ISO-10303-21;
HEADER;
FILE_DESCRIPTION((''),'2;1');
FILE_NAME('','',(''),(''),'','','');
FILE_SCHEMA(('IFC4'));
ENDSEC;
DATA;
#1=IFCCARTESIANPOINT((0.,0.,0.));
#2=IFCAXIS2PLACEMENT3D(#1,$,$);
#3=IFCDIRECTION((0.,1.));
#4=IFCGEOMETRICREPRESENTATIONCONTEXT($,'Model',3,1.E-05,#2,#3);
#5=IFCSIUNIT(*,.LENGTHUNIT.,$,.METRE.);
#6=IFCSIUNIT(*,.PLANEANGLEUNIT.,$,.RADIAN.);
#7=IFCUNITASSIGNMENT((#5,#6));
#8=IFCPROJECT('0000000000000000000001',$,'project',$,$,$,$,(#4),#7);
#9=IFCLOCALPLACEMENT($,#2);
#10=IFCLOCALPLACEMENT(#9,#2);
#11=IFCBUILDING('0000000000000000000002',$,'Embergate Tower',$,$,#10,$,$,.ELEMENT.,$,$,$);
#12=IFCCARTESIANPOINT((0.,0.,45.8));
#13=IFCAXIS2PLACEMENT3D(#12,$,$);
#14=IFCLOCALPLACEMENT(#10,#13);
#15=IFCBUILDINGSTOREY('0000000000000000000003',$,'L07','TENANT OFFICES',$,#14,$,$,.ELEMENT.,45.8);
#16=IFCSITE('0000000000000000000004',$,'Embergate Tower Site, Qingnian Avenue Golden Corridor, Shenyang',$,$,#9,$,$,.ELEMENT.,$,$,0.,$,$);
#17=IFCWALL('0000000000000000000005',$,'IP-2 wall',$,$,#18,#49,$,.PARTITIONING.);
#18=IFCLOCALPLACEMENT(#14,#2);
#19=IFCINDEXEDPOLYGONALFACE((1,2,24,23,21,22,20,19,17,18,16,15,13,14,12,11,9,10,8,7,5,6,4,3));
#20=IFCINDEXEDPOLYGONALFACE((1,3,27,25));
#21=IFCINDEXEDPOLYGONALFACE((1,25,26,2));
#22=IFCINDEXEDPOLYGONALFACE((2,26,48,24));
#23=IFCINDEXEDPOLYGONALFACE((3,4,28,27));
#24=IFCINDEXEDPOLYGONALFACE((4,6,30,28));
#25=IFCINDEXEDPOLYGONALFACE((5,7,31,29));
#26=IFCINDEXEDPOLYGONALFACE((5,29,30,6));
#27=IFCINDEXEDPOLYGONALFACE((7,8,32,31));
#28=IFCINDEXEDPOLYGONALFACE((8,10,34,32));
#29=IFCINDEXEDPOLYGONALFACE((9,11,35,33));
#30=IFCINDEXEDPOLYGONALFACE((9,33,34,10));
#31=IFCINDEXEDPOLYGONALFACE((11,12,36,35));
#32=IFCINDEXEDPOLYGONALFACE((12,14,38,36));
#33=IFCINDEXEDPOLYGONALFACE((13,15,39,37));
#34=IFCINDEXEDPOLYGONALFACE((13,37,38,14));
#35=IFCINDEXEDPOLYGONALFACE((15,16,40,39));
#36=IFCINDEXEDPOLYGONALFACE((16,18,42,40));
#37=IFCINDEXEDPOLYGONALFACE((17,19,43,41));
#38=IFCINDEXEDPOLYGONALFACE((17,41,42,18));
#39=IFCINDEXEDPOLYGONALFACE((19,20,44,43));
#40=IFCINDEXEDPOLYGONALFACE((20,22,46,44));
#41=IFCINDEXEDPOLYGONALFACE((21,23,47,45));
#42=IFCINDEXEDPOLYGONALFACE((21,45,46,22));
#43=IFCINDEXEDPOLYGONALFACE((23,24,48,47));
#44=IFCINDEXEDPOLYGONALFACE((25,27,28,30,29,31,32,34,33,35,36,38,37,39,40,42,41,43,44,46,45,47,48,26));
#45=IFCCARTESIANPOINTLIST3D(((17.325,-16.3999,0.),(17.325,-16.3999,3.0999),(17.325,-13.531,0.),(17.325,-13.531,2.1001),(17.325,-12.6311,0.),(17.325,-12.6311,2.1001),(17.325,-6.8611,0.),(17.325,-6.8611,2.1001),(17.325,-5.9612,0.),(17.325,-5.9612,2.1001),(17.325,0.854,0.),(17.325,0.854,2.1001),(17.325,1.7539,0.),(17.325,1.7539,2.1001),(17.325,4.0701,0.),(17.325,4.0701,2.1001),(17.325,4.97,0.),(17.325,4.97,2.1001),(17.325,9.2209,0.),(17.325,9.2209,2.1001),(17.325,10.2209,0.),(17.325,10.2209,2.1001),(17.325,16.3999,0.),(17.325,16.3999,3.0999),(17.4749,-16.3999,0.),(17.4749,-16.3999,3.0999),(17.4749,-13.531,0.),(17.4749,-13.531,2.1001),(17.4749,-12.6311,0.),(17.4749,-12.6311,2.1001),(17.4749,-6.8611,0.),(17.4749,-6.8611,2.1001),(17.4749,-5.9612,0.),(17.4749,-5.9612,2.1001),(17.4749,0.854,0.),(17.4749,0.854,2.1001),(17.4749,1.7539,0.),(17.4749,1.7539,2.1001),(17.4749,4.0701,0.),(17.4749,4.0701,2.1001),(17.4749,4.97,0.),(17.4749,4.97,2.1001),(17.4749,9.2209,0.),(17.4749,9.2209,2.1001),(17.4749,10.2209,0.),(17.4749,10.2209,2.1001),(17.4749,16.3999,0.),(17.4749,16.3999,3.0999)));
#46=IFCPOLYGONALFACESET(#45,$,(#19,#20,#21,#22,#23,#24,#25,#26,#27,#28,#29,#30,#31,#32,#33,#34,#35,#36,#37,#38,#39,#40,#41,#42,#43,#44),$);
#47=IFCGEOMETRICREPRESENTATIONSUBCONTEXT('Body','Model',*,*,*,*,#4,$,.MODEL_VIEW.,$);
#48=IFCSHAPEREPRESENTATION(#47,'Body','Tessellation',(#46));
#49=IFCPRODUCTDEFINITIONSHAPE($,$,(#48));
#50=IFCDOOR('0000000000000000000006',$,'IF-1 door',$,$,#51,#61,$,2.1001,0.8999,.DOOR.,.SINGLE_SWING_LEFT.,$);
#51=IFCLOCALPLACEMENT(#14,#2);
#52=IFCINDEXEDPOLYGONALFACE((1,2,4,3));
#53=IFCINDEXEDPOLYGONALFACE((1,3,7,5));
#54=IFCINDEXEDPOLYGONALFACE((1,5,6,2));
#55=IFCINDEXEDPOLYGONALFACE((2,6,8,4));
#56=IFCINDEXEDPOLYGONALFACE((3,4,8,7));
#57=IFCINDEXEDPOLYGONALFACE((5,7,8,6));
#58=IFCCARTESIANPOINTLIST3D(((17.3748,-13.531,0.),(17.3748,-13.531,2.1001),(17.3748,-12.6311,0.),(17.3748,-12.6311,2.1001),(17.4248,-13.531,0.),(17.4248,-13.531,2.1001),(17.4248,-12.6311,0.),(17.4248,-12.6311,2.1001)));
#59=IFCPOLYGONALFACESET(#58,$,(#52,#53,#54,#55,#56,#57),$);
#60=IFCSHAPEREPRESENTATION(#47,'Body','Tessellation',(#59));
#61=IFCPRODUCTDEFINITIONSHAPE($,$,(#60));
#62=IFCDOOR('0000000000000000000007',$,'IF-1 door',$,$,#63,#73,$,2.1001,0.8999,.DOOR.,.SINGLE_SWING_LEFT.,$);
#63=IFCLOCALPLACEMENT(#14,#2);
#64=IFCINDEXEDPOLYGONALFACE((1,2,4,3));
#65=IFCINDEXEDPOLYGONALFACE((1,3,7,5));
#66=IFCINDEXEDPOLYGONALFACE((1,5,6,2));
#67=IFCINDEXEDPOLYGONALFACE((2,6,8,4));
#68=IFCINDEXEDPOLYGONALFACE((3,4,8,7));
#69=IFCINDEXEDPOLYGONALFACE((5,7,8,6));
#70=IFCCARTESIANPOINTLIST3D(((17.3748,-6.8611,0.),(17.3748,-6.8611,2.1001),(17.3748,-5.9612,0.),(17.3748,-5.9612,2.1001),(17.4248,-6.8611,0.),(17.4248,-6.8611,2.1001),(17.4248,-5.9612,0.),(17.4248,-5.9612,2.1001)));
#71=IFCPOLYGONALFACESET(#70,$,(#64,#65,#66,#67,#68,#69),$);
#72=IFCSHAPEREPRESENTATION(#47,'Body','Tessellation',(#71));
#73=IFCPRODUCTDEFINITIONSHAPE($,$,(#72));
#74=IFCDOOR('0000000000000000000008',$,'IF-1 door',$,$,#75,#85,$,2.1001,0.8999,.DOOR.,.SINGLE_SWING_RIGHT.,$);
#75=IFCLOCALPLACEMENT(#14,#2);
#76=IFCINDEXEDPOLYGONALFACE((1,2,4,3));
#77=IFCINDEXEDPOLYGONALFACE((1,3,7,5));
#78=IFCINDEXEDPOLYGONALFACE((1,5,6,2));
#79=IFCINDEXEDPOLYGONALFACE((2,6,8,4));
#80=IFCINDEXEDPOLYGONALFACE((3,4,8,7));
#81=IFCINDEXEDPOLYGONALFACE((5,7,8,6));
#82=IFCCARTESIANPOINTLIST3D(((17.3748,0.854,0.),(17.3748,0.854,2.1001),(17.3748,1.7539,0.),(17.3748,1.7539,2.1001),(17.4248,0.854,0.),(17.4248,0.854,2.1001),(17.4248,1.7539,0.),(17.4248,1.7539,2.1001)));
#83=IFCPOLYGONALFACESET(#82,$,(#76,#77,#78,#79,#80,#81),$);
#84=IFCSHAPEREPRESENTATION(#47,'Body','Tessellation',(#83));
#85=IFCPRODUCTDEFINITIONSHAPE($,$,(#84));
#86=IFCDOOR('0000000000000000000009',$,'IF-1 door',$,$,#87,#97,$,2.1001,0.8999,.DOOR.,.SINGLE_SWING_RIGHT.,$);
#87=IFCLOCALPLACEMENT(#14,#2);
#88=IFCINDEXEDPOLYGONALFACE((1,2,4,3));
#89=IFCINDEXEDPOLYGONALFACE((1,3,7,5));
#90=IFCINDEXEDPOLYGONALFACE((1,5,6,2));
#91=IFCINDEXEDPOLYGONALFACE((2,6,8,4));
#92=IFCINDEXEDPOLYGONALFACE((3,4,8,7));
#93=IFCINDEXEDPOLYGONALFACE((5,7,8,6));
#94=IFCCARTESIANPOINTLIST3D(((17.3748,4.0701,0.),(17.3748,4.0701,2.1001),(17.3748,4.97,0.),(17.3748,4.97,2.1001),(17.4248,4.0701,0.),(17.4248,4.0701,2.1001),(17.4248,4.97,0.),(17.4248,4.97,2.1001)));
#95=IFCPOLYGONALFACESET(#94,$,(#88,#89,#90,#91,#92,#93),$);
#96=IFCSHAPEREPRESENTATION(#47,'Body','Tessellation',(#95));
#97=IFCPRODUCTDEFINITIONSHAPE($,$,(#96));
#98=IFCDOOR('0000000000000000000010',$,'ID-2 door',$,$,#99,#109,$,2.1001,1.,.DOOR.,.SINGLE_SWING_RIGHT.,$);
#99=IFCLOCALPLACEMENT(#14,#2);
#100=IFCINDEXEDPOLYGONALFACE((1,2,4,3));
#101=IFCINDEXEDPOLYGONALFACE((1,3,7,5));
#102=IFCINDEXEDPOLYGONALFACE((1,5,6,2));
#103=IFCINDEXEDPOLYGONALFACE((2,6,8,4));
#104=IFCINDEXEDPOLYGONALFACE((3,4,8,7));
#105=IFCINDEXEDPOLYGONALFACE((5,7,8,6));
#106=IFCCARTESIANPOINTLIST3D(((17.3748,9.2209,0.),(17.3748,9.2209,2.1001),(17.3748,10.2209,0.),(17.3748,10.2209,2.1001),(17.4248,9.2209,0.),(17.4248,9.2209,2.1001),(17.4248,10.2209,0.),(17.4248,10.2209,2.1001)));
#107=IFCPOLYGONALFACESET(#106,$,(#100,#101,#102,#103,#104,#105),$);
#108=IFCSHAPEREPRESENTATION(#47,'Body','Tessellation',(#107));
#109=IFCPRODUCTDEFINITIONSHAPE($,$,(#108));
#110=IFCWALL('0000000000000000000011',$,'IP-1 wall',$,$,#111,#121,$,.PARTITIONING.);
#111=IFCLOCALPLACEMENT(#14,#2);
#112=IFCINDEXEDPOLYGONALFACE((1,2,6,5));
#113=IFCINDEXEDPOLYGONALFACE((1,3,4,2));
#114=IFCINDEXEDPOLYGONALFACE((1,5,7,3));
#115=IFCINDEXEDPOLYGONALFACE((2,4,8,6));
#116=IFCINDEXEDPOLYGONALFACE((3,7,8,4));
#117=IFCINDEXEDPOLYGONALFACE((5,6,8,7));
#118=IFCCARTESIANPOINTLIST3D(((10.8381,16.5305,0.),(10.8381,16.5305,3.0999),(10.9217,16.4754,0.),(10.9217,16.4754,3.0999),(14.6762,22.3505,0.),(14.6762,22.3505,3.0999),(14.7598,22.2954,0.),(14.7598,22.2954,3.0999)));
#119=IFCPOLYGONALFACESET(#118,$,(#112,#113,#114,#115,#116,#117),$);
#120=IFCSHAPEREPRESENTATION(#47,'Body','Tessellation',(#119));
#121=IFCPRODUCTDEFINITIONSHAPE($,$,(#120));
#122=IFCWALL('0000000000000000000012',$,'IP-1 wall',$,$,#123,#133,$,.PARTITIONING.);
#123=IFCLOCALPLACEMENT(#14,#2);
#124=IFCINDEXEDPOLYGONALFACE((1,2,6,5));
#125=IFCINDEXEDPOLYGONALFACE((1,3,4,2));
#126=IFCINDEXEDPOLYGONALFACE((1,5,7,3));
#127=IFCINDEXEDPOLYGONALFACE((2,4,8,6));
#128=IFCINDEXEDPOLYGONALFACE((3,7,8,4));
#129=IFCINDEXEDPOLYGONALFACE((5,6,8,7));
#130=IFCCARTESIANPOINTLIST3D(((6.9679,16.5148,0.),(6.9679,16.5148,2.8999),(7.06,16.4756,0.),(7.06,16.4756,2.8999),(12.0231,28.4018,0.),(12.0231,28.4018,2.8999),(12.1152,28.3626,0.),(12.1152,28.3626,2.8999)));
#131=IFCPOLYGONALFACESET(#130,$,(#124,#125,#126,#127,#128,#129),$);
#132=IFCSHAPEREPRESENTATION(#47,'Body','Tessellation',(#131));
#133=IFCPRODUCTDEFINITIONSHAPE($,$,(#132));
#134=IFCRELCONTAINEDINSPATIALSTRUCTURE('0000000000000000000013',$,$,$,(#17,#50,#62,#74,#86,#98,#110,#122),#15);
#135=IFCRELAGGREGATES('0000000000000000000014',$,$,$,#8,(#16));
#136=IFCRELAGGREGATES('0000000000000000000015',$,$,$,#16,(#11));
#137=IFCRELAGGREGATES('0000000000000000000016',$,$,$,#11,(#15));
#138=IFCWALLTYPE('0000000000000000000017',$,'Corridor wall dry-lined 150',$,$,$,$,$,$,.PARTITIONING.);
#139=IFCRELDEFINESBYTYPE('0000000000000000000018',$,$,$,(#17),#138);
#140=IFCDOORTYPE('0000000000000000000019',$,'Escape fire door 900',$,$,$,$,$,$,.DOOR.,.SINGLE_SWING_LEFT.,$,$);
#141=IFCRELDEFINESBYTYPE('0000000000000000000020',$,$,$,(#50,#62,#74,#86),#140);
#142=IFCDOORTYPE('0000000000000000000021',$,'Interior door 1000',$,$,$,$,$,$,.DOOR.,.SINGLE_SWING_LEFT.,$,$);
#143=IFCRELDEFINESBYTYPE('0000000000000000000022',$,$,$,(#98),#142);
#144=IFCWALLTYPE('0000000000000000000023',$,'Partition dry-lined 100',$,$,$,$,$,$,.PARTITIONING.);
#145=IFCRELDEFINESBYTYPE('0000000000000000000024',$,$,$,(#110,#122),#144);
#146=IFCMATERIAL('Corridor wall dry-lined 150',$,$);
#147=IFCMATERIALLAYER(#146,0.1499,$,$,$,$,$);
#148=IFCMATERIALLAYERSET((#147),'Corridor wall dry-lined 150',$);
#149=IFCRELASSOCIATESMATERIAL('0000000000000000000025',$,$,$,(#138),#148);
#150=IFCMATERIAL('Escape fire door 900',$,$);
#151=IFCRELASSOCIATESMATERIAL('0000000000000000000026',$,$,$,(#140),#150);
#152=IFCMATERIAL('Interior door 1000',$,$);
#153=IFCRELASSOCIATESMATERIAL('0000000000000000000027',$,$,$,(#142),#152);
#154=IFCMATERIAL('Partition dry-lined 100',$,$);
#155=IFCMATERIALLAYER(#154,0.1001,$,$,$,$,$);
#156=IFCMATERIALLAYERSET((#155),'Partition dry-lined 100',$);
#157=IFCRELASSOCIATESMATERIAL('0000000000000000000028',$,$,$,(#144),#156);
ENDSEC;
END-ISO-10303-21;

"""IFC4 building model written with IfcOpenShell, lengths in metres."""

from ifc_helpers import new_model, si_unit, direction, frame, frame_2d, origin, place, context, subcontext, project, spatial, rectangle, extrude, source, transform, mapped, material, layer, layer_set, type_object, element, fill, save


model = new_model("IFC4")

# Units and contexts
model_context = context("Model", 3, precision=1e-05, world=origin(), true_north=direction((0.0, 1.0)))
body_context = subcontext(model_context, "Body", "Model", "MODEL_VIEW")
ifc_project = project(units=[si_unit("LENGTHUNIT", "METRE"), si_unit("PLANEANGLEUNIT", "RADIAN")], contexts=[model_context])

# Site, building, storey
site_placement = place(None, origin())
site = spatial("IfcSite", under=ifc_project, at=site_placement, Name="Embergate Tower Site, Qingnian Avenue Golden Corridor, Shenyang", CompositionType="ELEMENT", RefElevation=0.0)
building_placement = place(site_placement, origin())
building = spatial("IfcBuilding", under=site, at=building_placement, Name="Embergate Tower", CompositionType="ELEMENT")
storey_placement = place(building_placement, frame((0.0, 0.0, 45.8)))
storey = spatial("IfcBuildingStorey", under=building, at=storey_placement, Name="L07", Description="TENANT OFFICES", CompositionType="ELEMENT", Elevation=45.8)

# Wall, openings, doors
ifc_material_1 = material(Name="Corridor wall dry-lined 150")
ifc_layer_1 = layer(ifc_material_1, 0.1499)
ifc_layer_set_1 = layer_set([ifc_layer_1], Name="Corridor wall dry-lined 150")
wall_type_1 = type_object("IfcWallType", Name="Corridor wall dry-lined 150", PredefinedType="PARTITIONING", material=ifc_layer_set_1)
shared_shape_1 = source(origin(), body_context, "Body", "SweptSolid", [
    extrude(rectangle(XDim=32.7998, YDim=0.1499, at=frame_2d((16.3999, 0.0))), origin(), (0.0, 0.0, 1.0), 3.0999),
])
wall_1_placement = place(storey_placement, frame((17.3999, 16.3999, 0.0), z_axis=(0.0, 0.0, 1.0), x_axis=(0.0, -1.0, 0.0)))
wall_1 = element("IfcWall", 1, at=wall_1_placement, inside=storey, type_object=wall_type_1, Name="IP-2 wall", PredefinedType="PARTITIONING", context=body_context, shape_type="MappedRepresentation", body=[
    mapped(shared_shape_1, transform((0.0, 0.0, 0.0))),
])
shared_shape_2 = source(origin(), body_context, "Body", "SweptSolid", [
    extrude(rectangle(XDim=0.8999, YDim=2.1001, at=frame_2d((0.45, 1.05))), frame((0.0, 0.085, 0.0), z_axis=(0.0, -1.0, 0.0), x_axis=(1.0, 0.0, 0.0)), (0.0, 0.0, 1.0), 0.1699),
])
opening_1_placement = place(wall_1_placement, frame((29.031, 0.0, 0.0)))
opening_1 = element("IfcOpeningElement", 2, at=opening_1_placement, cuts=wall_1, PredefinedType="OPENING", context=body_context, shape_type="MappedRepresentation", body=[
    mapped(shared_shape_2, transform((0.0, 0.0, 0.0))),
])
opening_2_placement = place(wall_1_placement, frame((22.3611, 0.0, 0.0)))
opening_2 = element("IfcOpeningElement", 3, at=opening_2_placement, cuts=wall_1, PredefinedType="OPENING", context=body_context, shape_type="MappedRepresentation", body=[
    mapped(shared_shape_2, transform((0.0, 0.0, 0.0))),
])
opening_3_placement = place(wall_1_placement, frame((14.646, 0.0, 0.0)))
opening_3 = element("IfcOpeningElement", 4, at=opening_3_placement, cuts=wall_1, PredefinedType="OPENING", context=body_context, shape_type="MappedRepresentation", body=[
    mapped(shared_shape_2, transform((0.0, 0.0, 0.0))),
])
opening_4_placement = place(wall_1_placement, frame((11.4299, 0.0, 0.0)))
opening_4 = element("IfcOpeningElement", 5, at=opening_4_placement, cuts=wall_1, PredefinedType="OPENING", context=body_context, shape_type="MappedRepresentation", body=[
    mapped(shared_shape_2, transform((0.0, 0.0, 0.0))),
])
shared_shape_3 = source(origin(), body_context, "Body", "SweptSolid", [
    extrude(rectangle(XDim=1.0, YDim=2.1001, at=frame_2d((0.5, 1.05))), frame((0.0, 0.085, 0.0), z_axis=(0.0, -1.0, 0.0), x_axis=(1.0, 0.0, 0.0)), (0.0, 0.0, 1.0), 0.1699),
])
opening_5_placement = place(wall_1_placement, frame((6.179, 0.0, 0.0)))
opening_5 = element("IfcOpeningElement", 6, at=opening_5_placement, cuts=wall_1, PredefinedType="OPENING", context=body_context, shape_type="MappedRepresentation", body=[
    mapped(shared_shape_3, transform((0.0, 0.0, 0.0))),
])
ifc_material_2 = material(Name="Escape fire door 900")
door_type_1 = type_object("IfcDoorType", Name="Escape fire door 900", OperationType="SINGLE_SWING_LEFT", PredefinedType="DOOR", material=ifc_material_2)
shared_shape_4 = source(origin(), body_context, "Body", "SweptSolid", [
    extrude(rectangle(XDim=0.8999, YDim=2.1001, at=frame_2d((0.45, 1.05))), frame((0.0, 0.0249, 0.0), z_axis=(0.0, -1.0, 0.0), x_axis=(1.0, 0.0, 0.0)), (0.0, 0.0, 1.0), 0.05),
])
door_1_placement = place(opening_1_placement, origin())
door_1 = element("IfcDoor", 7, at=door_1_placement, inside=storey, type_object=door_type_1, Name="IF-1 door", OperationType="SINGLE_SWING_LEFT", OverallHeight=2.1001, OverallWidth=0.8999, PredefinedType="DOOR", context=body_context, shape_type="MappedRepresentation", body=[
    mapped(shared_shape_4, transform((0.0, 0.0, 0.0))),
])
fill(opening_1, door_1)
door_2_placement = place(opening_2_placement, origin())
door_2 = element("IfcDoor", 8, at=door_2_placement, inside=storey, type_object=door_type_1, Name="IF-1 door", OperationType="SINGLE_SWING_LEFT", OverallHeight=2.1001, OverallWidth=0.8999, PredefinedType="DOOR", context=body_context, shape_type="MappedRepresentation", body=[
    mapped(shared_shape_4, transform((0.0, 0.0, 0.0))),
])
fill(opening_2, door_2)
door_3_placement = place(opening_3_placement, origin())
door_3 = element("IfcDoor", 9, at=door_3_placement, inside=storey, type_object=door_type_1, Name="IF-1 door", OperationType="SINGLE_SWING_RIGHT", OverallHeight=2.1001, OverallWidth=0.8999, PredefinedType="DOOR", context=body_context, shape_type="MappedRepresentation", body=[
    mapped(shared_shape_4, transform((0.0, 0.0, 0.0))),
])
fill(opening_3, door_3)
door_4_placement = place(opening_4_placement, origin())
door_4 = element("IfcDoor", 10, at=door_4_placement, inside=storey, type_object=door_type_1, Name="IF-1 door", OperationType="SINGLE_SWING_RIGHT", OverallHeight=2.1001, OverallWidth=0.8999, PredefinedType="DOOR", context=body_context, shape_type="MappedRepresentation", body=[
    mapped(shared_shape_4, transform((0.0, 0.0, 0.0))),
])
fill(opening_4, door_4)
ifc_material_3 = material(Name="Interior door 1000")
door_type_2 = type_object("IfcDoorType", Name="Interior door 1000", OperationType="SINGLE_SWING_LEFT", PredefinedType="DOOR", material=ifc_material_3)
shared_shape_5 = source(origin(), body_context, "Body", "SweptSolid", [
    extrude(rectangle(XDim=1.0, YDim=2.1001, at=frame_2d((0.5, 1.05))), frame((0.0, 0.0249, 0.0), z_axis=(0.0, -1.0, 0.0), x_axis=(1.0, 0.0, 0.0)), (0.0, 0.0, 1.0), 0.05),
])
door_5_placement = place(opening_5_placement, origin())
door_5 = element("IfcDoor", 11, at=door_5_placement, inside=storey, type_object=door_type_2, Name="ID-2 door", OperationType="SINGLE_SWING_RIGHT", OverallHeight=2.1001, OverallWidth=1.0, PredefinedType="DOOR", context=body_context, shape_type="MappedRepresentation", body=[
    mapped(shared_shape_5, transform((0.0, 0.0, 0.0))),
])
fill(opening_5, door_5)

# Walls
ifc_material_4 = material(Name="Partition dry-lined 100")
ifc_layer_2 = layer(ifc_material_4, 0.1001)
ifc_layer_set_2 = layer_set([ifc_layer_2], Name="Partition dry-lined 100")
wall_type_2 = type_object("IfcWallType", Name="Partition dry-lined 100", PredefinedType="PARTITIONING", material=ifc_layer_set_2)
shared_shape_6 = source(origin(), body_context, "Body", "SweptSolid", [
    extrude(rectangle(XDim=6.9717, YDim=0.1001, at=frame_2d((3.4858, 0.0))), origin(), (0.0, 0.0, 1.0), 3.0999),
])
wall_2_placement = place(storey_placement, frame((10.8799, 16.5029, 0.0), z_axis=(0.0, 0.0, 1.0), x_axis=(0.550531, 0.834814, 0.0)))
element("IfcWall", 12, at=wall_2_placement, inside=storey, type_object=wall_type_2, Name="IP-1 wall", PredefinedType="PARTITIONING", context=body_context, shape_type="MappedRepresentation", body=[
    mapped(shared_shape_6, transform((0.0, 0.0, 0.0))),
])
shared_shape_7 = source(origin(), body_context, "Body", "SweptSolid", [
    extrude(rectangle(XDim=12.9172, YDim=0.1001, at=frame_2d((6.4585, 0.0))), origin(), (0.0, 0.0, 1.0), 2.8999),
])
wall_3_placement = place(storey_placement, frame((12.0691, 28.3821, 0.0), z_axis=(0.0, 0.0, 1.0), x_axis=(-0.391352, -0.920241, 0.0)))
element("IfcWall", 13, at=wall_3_placement, inside=storey, type_object=wall_type_2, Name="IP-1 wall", PredefinedType="PARTITIONING", context=body_context, shape_type="MappedRepresentation", body=[
    mapped(shared_shape_7, transform((0.0, 0.0, 0.0))),
])

save(model, "model.ifc")
